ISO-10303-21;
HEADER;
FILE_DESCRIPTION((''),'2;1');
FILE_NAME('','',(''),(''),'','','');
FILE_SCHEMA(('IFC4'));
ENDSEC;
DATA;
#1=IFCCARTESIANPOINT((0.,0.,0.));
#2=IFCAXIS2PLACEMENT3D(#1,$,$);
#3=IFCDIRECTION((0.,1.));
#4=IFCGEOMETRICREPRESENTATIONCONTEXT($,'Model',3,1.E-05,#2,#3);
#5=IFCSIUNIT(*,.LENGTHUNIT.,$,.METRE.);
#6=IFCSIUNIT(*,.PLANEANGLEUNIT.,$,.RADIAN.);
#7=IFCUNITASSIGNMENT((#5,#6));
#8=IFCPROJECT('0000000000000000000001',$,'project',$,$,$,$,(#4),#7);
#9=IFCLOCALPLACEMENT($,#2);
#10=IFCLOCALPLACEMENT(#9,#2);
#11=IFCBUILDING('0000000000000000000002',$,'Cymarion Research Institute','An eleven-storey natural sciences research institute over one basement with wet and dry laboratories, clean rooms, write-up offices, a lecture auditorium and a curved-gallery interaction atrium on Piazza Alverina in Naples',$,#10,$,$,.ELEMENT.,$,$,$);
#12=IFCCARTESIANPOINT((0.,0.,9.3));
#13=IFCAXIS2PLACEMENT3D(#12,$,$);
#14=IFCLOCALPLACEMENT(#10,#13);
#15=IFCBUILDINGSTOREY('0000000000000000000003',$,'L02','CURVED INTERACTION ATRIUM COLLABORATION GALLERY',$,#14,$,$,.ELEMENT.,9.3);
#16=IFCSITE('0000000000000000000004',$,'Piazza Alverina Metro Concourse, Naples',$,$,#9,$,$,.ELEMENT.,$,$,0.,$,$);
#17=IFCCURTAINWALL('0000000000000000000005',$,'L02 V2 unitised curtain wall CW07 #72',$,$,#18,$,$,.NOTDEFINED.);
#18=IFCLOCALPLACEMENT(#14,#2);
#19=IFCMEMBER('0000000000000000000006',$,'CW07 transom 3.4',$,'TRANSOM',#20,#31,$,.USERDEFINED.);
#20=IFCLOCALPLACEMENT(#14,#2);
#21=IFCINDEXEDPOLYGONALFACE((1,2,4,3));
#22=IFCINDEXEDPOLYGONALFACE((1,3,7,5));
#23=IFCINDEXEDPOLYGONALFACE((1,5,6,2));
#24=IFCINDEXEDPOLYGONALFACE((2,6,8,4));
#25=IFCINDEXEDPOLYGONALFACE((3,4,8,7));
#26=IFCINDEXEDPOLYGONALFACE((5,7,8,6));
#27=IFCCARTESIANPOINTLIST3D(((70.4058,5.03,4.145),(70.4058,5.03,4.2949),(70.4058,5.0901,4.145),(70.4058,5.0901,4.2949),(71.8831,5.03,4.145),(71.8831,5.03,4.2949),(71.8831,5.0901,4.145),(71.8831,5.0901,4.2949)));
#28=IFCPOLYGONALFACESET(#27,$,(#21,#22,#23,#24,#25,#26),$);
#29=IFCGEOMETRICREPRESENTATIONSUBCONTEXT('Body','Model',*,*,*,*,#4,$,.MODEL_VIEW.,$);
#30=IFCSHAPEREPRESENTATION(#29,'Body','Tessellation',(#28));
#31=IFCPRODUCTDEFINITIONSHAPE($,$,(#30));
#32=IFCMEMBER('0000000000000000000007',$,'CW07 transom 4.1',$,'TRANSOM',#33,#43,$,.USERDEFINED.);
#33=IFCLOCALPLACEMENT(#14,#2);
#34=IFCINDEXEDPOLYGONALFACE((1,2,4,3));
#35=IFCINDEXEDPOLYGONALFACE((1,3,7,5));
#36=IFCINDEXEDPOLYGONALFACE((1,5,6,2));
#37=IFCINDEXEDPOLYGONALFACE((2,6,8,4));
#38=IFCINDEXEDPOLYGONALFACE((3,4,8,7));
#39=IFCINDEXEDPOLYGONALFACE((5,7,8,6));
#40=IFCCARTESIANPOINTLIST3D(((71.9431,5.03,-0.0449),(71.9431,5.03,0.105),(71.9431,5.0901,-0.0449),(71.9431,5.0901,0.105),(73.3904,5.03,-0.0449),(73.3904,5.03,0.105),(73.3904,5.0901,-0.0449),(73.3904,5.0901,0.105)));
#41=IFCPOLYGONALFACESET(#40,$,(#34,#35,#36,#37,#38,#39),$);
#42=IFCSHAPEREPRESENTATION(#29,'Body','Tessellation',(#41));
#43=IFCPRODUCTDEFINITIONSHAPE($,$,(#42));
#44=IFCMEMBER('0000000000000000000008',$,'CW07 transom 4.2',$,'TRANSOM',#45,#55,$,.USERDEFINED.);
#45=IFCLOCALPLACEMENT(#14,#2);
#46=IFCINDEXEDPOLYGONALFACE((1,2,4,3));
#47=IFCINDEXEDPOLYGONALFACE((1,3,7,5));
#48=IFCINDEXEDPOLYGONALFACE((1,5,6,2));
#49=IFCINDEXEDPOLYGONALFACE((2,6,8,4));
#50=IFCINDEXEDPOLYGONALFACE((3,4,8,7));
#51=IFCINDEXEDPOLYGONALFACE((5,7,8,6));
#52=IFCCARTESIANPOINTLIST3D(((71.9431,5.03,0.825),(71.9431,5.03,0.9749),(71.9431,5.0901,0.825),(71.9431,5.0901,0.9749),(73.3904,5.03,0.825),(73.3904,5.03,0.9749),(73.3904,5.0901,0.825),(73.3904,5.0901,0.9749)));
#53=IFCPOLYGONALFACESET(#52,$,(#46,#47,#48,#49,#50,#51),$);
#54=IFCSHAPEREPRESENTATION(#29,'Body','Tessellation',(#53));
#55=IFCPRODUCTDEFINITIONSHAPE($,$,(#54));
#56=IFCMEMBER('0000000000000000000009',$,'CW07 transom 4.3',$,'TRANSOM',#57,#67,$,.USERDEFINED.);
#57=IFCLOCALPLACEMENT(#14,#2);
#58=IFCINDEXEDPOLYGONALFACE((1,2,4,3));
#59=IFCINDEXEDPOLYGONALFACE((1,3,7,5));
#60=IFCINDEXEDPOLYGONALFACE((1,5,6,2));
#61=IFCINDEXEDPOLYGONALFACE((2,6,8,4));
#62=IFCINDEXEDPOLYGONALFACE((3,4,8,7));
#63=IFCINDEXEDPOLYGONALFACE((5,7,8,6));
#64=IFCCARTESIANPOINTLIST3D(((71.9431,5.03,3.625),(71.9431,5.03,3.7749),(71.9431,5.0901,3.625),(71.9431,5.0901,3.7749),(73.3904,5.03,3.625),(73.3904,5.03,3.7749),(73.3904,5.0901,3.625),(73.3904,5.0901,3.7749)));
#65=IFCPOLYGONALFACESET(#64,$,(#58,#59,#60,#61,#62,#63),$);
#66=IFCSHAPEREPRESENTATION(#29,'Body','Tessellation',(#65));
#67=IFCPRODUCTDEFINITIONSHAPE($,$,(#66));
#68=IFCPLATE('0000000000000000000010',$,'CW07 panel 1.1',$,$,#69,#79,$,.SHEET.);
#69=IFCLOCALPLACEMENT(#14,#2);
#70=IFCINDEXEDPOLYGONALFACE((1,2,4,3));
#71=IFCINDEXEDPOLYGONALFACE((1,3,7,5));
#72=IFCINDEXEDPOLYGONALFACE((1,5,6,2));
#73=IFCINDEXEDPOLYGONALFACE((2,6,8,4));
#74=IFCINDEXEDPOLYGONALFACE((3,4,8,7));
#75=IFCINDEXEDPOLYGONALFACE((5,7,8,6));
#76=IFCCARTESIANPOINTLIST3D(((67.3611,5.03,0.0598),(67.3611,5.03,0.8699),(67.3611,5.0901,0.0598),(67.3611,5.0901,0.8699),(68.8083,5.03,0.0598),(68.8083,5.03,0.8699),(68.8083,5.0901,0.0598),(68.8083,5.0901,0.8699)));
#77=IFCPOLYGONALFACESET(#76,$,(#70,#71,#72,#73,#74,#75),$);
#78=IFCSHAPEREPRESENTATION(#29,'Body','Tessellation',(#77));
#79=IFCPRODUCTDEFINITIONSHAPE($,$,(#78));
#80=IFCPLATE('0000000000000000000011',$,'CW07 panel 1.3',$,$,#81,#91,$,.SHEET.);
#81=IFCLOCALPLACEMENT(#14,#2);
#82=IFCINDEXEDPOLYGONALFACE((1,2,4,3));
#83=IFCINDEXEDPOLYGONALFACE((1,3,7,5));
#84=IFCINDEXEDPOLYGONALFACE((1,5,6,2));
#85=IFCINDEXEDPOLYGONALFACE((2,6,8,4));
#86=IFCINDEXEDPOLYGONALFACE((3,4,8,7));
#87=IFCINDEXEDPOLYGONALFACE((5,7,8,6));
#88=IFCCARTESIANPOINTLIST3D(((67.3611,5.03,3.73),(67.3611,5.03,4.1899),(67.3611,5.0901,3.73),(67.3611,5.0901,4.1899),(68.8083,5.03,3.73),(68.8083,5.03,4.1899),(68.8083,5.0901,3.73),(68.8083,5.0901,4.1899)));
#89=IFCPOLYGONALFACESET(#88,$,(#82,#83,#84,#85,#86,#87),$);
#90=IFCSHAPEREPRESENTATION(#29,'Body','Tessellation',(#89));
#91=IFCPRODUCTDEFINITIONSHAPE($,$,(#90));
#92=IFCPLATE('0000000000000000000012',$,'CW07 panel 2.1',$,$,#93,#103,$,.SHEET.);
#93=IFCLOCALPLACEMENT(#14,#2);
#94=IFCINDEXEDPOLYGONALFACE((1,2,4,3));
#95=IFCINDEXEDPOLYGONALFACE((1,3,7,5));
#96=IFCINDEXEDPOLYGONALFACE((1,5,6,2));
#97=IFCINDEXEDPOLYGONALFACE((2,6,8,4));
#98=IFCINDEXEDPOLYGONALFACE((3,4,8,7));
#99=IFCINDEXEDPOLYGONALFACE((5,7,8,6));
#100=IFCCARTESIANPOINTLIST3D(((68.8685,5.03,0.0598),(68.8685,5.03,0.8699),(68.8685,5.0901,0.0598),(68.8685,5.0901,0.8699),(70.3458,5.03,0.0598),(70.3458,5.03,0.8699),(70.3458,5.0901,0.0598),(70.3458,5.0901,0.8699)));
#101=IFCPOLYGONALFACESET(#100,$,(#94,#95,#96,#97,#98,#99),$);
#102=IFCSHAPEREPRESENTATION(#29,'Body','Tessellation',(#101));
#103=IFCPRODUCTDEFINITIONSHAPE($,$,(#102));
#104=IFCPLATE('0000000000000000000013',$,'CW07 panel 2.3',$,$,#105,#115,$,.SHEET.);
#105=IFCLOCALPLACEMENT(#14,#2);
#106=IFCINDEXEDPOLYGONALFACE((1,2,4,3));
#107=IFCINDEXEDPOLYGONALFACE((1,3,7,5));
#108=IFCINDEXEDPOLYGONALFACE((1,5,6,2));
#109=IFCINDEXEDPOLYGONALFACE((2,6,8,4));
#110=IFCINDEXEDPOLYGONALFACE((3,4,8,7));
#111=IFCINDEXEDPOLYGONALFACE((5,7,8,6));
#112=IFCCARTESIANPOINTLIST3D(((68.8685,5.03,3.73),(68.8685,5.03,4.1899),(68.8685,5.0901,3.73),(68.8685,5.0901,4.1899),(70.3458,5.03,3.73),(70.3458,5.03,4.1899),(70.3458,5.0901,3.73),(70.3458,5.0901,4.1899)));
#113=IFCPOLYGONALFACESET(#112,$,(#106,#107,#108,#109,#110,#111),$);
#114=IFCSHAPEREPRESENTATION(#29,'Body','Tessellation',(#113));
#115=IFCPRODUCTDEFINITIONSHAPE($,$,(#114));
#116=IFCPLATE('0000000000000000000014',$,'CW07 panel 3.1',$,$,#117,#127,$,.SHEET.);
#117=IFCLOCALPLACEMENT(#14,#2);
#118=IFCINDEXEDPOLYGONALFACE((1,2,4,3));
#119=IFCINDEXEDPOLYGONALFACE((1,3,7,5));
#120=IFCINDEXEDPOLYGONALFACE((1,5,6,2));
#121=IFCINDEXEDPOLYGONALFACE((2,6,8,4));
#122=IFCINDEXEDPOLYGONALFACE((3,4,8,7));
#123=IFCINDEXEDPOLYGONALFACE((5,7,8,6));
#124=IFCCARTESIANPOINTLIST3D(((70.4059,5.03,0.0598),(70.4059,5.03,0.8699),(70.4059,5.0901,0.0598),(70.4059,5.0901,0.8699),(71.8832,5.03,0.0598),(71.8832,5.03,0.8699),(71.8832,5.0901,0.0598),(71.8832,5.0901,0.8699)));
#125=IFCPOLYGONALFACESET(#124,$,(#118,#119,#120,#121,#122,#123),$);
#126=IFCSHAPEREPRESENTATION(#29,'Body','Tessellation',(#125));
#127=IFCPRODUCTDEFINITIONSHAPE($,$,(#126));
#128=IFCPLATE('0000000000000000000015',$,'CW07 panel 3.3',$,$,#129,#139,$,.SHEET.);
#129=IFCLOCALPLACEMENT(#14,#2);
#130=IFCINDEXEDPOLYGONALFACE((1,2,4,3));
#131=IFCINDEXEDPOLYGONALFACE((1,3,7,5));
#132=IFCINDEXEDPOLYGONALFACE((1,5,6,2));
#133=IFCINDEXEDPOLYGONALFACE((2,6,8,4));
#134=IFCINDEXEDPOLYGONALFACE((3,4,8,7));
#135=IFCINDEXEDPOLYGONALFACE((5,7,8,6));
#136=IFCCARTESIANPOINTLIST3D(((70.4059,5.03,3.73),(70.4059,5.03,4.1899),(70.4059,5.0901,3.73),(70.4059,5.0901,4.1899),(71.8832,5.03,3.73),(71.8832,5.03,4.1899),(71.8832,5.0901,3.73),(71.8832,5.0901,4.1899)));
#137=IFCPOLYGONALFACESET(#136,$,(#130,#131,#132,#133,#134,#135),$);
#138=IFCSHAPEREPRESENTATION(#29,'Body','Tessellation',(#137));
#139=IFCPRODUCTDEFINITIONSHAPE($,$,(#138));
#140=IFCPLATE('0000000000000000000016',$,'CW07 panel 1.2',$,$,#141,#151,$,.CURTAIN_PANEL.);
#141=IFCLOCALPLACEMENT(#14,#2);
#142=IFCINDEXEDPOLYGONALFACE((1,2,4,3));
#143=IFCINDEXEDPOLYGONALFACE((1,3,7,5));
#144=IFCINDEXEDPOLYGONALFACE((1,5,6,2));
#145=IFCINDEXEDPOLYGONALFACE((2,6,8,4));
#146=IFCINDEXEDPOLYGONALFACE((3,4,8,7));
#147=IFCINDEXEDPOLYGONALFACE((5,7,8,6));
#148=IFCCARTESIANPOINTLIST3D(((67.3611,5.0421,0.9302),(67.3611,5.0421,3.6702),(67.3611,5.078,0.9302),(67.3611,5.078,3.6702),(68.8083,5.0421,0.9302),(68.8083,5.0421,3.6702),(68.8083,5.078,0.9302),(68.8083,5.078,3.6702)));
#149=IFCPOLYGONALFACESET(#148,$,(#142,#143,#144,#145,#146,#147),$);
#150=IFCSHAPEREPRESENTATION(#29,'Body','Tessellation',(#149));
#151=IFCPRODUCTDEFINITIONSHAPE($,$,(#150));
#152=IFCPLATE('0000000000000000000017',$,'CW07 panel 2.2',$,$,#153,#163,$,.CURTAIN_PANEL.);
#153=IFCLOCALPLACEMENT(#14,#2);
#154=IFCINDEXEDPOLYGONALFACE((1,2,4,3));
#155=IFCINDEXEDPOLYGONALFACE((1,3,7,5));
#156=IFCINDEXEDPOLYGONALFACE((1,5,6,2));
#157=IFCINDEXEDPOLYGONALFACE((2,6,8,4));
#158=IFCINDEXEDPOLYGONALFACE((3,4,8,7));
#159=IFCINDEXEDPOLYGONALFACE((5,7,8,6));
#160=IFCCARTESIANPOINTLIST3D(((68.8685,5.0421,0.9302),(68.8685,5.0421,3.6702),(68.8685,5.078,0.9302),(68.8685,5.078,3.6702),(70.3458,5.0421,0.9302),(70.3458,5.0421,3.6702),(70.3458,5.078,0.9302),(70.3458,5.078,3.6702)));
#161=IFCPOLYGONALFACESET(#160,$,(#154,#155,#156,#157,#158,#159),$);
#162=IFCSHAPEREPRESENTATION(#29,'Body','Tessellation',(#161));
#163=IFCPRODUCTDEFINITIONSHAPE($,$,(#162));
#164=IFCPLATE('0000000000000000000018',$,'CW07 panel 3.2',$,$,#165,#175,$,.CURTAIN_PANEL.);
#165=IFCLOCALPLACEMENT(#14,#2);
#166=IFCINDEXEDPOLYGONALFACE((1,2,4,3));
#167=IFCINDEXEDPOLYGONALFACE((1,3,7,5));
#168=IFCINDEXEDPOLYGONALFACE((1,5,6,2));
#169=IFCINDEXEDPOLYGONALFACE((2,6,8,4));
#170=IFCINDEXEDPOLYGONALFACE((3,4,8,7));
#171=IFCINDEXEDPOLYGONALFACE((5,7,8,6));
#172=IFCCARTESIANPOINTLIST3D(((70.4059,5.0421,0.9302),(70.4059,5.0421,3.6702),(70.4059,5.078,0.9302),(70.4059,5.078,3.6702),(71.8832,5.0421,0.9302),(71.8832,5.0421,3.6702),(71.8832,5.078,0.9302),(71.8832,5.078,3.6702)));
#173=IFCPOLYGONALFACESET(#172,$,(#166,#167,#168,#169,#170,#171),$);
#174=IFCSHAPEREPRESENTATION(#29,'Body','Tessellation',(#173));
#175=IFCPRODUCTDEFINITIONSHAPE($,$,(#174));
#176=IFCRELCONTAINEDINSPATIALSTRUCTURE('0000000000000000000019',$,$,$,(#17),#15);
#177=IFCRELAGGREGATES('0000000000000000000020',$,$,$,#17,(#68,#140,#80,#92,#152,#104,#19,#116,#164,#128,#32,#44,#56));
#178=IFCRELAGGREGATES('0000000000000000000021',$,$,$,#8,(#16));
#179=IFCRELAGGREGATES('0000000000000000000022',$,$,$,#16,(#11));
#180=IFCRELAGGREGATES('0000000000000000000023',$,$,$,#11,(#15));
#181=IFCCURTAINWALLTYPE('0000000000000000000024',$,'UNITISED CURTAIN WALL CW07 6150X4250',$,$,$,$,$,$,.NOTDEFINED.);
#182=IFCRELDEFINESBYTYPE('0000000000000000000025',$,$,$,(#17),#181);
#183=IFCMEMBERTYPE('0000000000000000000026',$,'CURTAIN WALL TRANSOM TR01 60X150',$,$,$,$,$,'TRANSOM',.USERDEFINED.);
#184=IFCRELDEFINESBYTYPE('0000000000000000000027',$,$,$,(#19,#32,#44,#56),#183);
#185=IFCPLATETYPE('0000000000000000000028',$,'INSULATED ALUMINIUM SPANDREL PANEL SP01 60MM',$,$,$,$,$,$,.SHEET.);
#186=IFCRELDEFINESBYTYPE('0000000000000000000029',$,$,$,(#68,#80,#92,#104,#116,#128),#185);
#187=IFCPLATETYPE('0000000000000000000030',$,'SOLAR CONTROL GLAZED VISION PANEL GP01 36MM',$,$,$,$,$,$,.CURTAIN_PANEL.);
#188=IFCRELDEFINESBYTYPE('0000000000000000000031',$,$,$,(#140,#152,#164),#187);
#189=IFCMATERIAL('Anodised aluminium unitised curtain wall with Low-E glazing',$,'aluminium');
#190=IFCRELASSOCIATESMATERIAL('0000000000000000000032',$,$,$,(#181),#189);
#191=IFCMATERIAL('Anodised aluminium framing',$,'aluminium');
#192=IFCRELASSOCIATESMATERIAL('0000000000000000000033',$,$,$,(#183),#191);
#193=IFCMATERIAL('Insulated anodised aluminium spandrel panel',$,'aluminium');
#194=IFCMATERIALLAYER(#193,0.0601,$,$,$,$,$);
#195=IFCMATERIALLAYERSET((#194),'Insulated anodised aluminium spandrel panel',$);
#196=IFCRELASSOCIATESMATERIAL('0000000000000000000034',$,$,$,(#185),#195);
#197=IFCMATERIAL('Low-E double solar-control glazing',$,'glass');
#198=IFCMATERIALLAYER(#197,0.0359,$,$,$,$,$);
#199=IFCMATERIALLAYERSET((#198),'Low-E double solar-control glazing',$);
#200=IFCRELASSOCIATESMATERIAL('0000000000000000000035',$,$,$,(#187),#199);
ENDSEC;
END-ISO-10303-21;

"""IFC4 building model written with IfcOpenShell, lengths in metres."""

from ifc_helpers import new_model, si_unit, direction, frame, origin, origin_2d, place, context, subcontext, project, spatial, rectangle, extrude, material, layer, layer_set, material_profile, profile_set, type_object, element, aggregate, save


model = new_model("IFC4")

# Units and contexts
model_context = context("Model", 3, precision=1e-05, world=origin(), true_north=direction((0.0, 1.0)))
body_context = subcontext(model_context, "Body", "Model", "MODEL_VIEW")
ifc_project = project(units=[si_unit("LENGTHUNIT", "METRE"), si_unit("PLANEANGLEUNIT", "RADIAN")], contexts=[model_context])

# Site, building, storey
site_placement = place(None, origin())
site = spatial("IfcSite", under=ifc_project, at=site_placement, Name="Piazza Alverina Metro Concourse, Naples", CompositionType="ELEMENT", RefElevation=0.0)
building_placement = place(site_placement, origin())
building = spatial("IfcBuilding", under=site, at=building_placement, Name="Cymarion Research Institute", Description="An eleven-storey natural sciences research institute over one basement with wet and dry laboratories, clean rooms, write-up offices, a lecture auditorium and a curved-gallery interaction atrium on Piazza Alverina in Naples", CompositionType="ELEMENT")
storey_placement = place(building_placement, frame((0.0, 0.0, 9.3)))
storey = spatial("IfcBuildingStorey", under=building, at=storey_placement, Name="L02", Description="CURVED INTERACTION ATRIUM COLLABORATION GALLERY", CompositionType="ELEMENT", Elevation=9.3)

# Curtain wall, members, plates
ifc_material_1 = material(Name="Anodised aluminium unitised curtain wall with Low-E glazing", Category="aluminium")
curtain_wall_type = type_object("IfcCurtainWallType", Name="UNITISED CURTAIN WALL CW07 6150X4250", PredefinedType="NOTDEFINED", material=ifc_material_1)
curtain_wall_placement = place(storey_placement, origin())
curtain_wall = element("IfcCurtainWall", 1, at=curtain_wall_placement, inside=storey, type_object=curtain_wall_type, Name="L02 V2 unitised curtain wall CW07 #72", PredefinedType="NOTDEFINED")
ifc_material_2 = material(Name="Anodised aluminium framing", Category="aluminium")
ifc_material_profile_1 = material_profile(ifc_material_2, rectangle(XDim=0.0601, YDim=0.1499, at=origin_2d()), Name="ALU TRANSOM 60x150")
ifc_profile_set_1 = profile_set([ifc_material_profile_1], Name="Anodised aluminium framing")
member_type_1 = type_object("IfcMemberType", Name="CURTAIN WALL TRANSOM TR01 60X150", ElementType="TRANSOM", PredefinedType="USERDEFINED", material=ifc_profile_set_1)
member_1_placement = place(storey_placement, frame((70.4058, 5.0601, 4.22), z_axis=(1.0, 0.0, 0.0), x_axis=(0.0, 1.0, 0.0)))
member_1 = element("IfcMember", 2, at=member_1_placement, type_object=member_type_1, Name="CW07 transom 3.4", ObjectType="TRANSOM", PredefinedType="USERDEFINED", context=body_context, shape_type="SweptSolid", body=[
    extrude(rectangle(XDim=0.0601, YDim=0.1499, at=origin_2d()), origin(), (0.0, 0.0, 1.0), 1.4773),
])
member_2_placement = place(storey_placement, frame((71.9431, 5.0601, 0.03), z_axis=(1.0, 0.0, 0.0), x_axis=(0.0, 1.0, 0.0)))
member_2 = element("IfcMember", 3, at=member_2_placement, type_object=member_type_1, Name="CW07 transom 4.1", ObjectType="TRANSOM", PredefinedType="USERDEFINED", context=body_context, shape_type="SweptSolid", body=[
    extrude(rectangle(XDim=0.0601, YDim=0.1499, at=origin_2d()), origin(), (0.0, 0.0, 1.0), 1.4473),
])
member_3_placement = place(storey_placement, frame((71.9431, 5.0601, 0.8999), z_axis=(1.0, 0.0, 0.0), x_axis=(0.0, 1.0, 0.0)))
member_3 = element("IfcMember", 4, at=member_3_placement, type_object=member_type_1, Name="CW07 transom 4.2", ObjectType="TRANSOM", PredefinedType="USERDEFINED", context=body_context, shape_type="SweptSolid", body=[
    extrude(rectangle(XDim=0.0601, YDim=0.1499, at=origin_2d()), origin(), (0.0, 0.0, 1.0), 1.4473),
])
member_4_placement = place(storey_placement, frame((71.9431, 5.0601, 3.7), z_axis=(1.0, 0.0, 0.0), x_axis=(0.0, 1.0, 0.0)))
member_4 = element("IfcMember", 5, at=member_4_placement, type_object=member_type_1, Name="CW07 transom 4.3", ObjectType="TRANSOM", PredefinedType="USERDEFINED", context=body_context, shape_type="SweptSolid", body=[
    extrude(rectangle(XDim=0.0601, YDim=0.1499, at=origin_2d()), origin(), (0.0, 0.0, 1.0), 1.4473),
])
ifc_material_3 = material(Name="Insulated anodised aluminium spandrel panel", Category="aluminium")
ifc_layer_1 = layer(ifc_material_3, 0.0601)
ifc_layer_set_1 = layer_set([ifc_layer_1], Name="Insulated anodised aluminium spandrel panel")
plate_type_1 = type_object("IfcPlateType", Name="INSULATED ALUMINIUM SPANDREL PANEL SP01 60MM", PredefinedType="SHEET", material=ifc_layer_set_1)
plate_1_placement = place(storey_placement, frame((68.0847, 5.0601, 0.0598), z_axis=(0.0, 0.0, 1.0), x_axis=(1.0, 0.0, 0.0)))
plate_1 = element("IfcPlate", 6, at=plate_1_placement, type_object=plate_type_1, Name="CW07 panel 1.1", PredefinedType="SHEET", context=body_context, shape_type="SweptSolid", body=[
    extrude(rectangle(XDim=1.4473, YDim=0.0601, at=origin_2d()), origin(), (0.0, 0.0, 1.0), 0.8101),
])
plate_2_placement = place(storey_placement, frame((68.0847, 5.0601, 3.73), z_axis=(0.0, 0.0, 1.0), x_axis=(1.0, 0.0, 0.0)))
plate_2 = element("IfcPlate", 7, at=plate_2_placement, type_object=plate_type_1, Name="CW07 panel 1.3", PredefinedType="SHEET", context=body_context, shape_type="SweptSolid", body=[
    extrude(rectangle(XDim=1.4473, YDim=0.0601, at=origin_2d()), origin(), (0.0, 0.0, 1.0), 0.46),
])
plate_3_placement = place(storey_placement, frame((69.6072, 5.0601, 0.0598), z_axis=(0.0, 0.0, 1.0), x_axis=(1.0, 0.0, 0.0)))
plate_3 = element("IfcPlate", 8, at=plate_3_placement, type_object=plate_type_1, Name="CW07 panel 2.1", PredefinedType="SHEET", context=body_context, shape_type="SweptSolid", body=[
    extrude(rectangle(XDim=1.4773, YDim=0.0601, at=origin_2d()), origin(), (0.0, 0.0, 1.0), 0.8101),
])
plate_4_placement = place(storey_placement, frame((69.6072, 5.0601, 3.73), z_axis=(0.0, 0.0, 1.0), x_axis=(1.0, 0.0, 0.0)))
plate_4 = element("IfcPlate", 9, at=plate_4_placement, type_object=plate_type_1, Name="CW07 panel 2.3", PredefinedType="SHEET", context=body_context, shape_type="SweptSolid", body=[
    extrude(rectangle(XDim=1.4773, YDim=0.0601, at=origin_2d()), origin(), (0.0, 0.0, 1.0), 0.46),
])
plate_5_placement = place(storey_placement, frame((71.1445, 5.0601, 0.0598), z_axis=(0.0, 0.0, 1.0), x_axis=(1.0, 0.0, 0.0)))
plate_5 = element("IfcPlate", 10, at=plate_5_placement, type_object=plate_type_1, Name="CW07 panel 3.1", PredefinedType="SHEET", context=body_context, shape_type="SweptSolid", body=[
    extrude(rectangle(XDim=1.4773, YDim=0.0601, at=origin_2d()), origin(), (0.0, 0.0, 1.0), 0.8101),
])
plate_6_placement = place(storey_placement, frame((71.1445, 5.0601, 3.73), z_axis=(0.0, 0.0, 1.0), x_axis=(1.0, 0.0, 0.0)))
plate_6 = element("IfcPlate", 11, at=plate_6_placement, type_object=plate_type_1, Name="CW07 panel 3.3", PredefinedType="SHEET", context=body_context, shape_type="SweptSolid", body=[
    extrude(rectangle(XDim=1.4773, YDim=0.0601, at=origin_2d()), origin(), (0.0, 0.0, 1.0), 0.46),
])
ifc_material_4 = material(Name="Low-E double solar-control glazing", Category="glass")
ifc_layer_2 = layer(ifc_material_4, 0.0359)
ifc_layer_set_2 = layer_set([ifc_layer_2], Name="Low-E double solar-control glazing")
plate_type_2 = type_object("IfcPlateType", Name="SOLAR CONTROL GLAZED VISION PANEL GP01 36MM", PredefinedType="CURTAIN_PANEL", material=ifc_layer_set_2)
plate_7_placement = place(storey_placement, frame((68.0847, 5.0601, 0.9302), z_axis=(0.0, 0.0, 1.0), x_axis=(1.0, 0.0, 0.0)))
plate_7 = element("IfcPlate", 12, at=plate_7_placement, type_object=plate_type_2, Name="CW07 panel 1.2", PredefinedType="CURTAIN_PANEL", context=body_context, shape_type="SweptSolid", body=[
    extrude(rectangle(XDim=1.4473, YDim=0.0359, at=origin_2d()), origin(), (0.0, 0.0, 1.0), 2.74),
])
plate_8_placement = place(storey_placement, frame((69.6072, 5.0601, 0.9302), z_axis=(0.0, 0.0, 1.0), x_axis=(1.0, 0.0, 0.0)))
plate_8 = element("IfcPlate", 13, at=plate_8_placement, type_object=plate_type_2, Name="CW07 panel 2.2", PredefinedType="CURTAIN_PANEL", context=body_context, shape_type="SweptSolid", body=[
    extrude(rectangle(XDim=1.4773, YDim=0.0359, at=origin_2d()), origin(), (0.0, 0.0, 1.0), 2.74),
])
plate_9_placement = place(storey_placement, frame((71.1445, 5.0601, 0.9302), z_axis=(0.0, 0.0, 1.0), x_axis=(1.0, 0.0, 0.0)))
plate_9 = element("IfcPlate", 14, at=plate_9_placement, type_object=plate_type_2, Name="CW07 panel 3.2", PredefinedType="CURTAIN_PANEL", context=body_context, shape_type="SweptSolid", body=[
    extrude(rectangle(XDim=1.4773, YDim=0.0359, at=origin_2d()), origin(), (0.0, 0.0, 1.0), 2.74),
])
aggregate(curtain_wall, [plate_1, plate_7, plate_2, plate_3, plate_8, plate_4, member_1, plate_5, plate_9, plate_6, member_2, member_3, member_4])

save(model, "model.ifc")
